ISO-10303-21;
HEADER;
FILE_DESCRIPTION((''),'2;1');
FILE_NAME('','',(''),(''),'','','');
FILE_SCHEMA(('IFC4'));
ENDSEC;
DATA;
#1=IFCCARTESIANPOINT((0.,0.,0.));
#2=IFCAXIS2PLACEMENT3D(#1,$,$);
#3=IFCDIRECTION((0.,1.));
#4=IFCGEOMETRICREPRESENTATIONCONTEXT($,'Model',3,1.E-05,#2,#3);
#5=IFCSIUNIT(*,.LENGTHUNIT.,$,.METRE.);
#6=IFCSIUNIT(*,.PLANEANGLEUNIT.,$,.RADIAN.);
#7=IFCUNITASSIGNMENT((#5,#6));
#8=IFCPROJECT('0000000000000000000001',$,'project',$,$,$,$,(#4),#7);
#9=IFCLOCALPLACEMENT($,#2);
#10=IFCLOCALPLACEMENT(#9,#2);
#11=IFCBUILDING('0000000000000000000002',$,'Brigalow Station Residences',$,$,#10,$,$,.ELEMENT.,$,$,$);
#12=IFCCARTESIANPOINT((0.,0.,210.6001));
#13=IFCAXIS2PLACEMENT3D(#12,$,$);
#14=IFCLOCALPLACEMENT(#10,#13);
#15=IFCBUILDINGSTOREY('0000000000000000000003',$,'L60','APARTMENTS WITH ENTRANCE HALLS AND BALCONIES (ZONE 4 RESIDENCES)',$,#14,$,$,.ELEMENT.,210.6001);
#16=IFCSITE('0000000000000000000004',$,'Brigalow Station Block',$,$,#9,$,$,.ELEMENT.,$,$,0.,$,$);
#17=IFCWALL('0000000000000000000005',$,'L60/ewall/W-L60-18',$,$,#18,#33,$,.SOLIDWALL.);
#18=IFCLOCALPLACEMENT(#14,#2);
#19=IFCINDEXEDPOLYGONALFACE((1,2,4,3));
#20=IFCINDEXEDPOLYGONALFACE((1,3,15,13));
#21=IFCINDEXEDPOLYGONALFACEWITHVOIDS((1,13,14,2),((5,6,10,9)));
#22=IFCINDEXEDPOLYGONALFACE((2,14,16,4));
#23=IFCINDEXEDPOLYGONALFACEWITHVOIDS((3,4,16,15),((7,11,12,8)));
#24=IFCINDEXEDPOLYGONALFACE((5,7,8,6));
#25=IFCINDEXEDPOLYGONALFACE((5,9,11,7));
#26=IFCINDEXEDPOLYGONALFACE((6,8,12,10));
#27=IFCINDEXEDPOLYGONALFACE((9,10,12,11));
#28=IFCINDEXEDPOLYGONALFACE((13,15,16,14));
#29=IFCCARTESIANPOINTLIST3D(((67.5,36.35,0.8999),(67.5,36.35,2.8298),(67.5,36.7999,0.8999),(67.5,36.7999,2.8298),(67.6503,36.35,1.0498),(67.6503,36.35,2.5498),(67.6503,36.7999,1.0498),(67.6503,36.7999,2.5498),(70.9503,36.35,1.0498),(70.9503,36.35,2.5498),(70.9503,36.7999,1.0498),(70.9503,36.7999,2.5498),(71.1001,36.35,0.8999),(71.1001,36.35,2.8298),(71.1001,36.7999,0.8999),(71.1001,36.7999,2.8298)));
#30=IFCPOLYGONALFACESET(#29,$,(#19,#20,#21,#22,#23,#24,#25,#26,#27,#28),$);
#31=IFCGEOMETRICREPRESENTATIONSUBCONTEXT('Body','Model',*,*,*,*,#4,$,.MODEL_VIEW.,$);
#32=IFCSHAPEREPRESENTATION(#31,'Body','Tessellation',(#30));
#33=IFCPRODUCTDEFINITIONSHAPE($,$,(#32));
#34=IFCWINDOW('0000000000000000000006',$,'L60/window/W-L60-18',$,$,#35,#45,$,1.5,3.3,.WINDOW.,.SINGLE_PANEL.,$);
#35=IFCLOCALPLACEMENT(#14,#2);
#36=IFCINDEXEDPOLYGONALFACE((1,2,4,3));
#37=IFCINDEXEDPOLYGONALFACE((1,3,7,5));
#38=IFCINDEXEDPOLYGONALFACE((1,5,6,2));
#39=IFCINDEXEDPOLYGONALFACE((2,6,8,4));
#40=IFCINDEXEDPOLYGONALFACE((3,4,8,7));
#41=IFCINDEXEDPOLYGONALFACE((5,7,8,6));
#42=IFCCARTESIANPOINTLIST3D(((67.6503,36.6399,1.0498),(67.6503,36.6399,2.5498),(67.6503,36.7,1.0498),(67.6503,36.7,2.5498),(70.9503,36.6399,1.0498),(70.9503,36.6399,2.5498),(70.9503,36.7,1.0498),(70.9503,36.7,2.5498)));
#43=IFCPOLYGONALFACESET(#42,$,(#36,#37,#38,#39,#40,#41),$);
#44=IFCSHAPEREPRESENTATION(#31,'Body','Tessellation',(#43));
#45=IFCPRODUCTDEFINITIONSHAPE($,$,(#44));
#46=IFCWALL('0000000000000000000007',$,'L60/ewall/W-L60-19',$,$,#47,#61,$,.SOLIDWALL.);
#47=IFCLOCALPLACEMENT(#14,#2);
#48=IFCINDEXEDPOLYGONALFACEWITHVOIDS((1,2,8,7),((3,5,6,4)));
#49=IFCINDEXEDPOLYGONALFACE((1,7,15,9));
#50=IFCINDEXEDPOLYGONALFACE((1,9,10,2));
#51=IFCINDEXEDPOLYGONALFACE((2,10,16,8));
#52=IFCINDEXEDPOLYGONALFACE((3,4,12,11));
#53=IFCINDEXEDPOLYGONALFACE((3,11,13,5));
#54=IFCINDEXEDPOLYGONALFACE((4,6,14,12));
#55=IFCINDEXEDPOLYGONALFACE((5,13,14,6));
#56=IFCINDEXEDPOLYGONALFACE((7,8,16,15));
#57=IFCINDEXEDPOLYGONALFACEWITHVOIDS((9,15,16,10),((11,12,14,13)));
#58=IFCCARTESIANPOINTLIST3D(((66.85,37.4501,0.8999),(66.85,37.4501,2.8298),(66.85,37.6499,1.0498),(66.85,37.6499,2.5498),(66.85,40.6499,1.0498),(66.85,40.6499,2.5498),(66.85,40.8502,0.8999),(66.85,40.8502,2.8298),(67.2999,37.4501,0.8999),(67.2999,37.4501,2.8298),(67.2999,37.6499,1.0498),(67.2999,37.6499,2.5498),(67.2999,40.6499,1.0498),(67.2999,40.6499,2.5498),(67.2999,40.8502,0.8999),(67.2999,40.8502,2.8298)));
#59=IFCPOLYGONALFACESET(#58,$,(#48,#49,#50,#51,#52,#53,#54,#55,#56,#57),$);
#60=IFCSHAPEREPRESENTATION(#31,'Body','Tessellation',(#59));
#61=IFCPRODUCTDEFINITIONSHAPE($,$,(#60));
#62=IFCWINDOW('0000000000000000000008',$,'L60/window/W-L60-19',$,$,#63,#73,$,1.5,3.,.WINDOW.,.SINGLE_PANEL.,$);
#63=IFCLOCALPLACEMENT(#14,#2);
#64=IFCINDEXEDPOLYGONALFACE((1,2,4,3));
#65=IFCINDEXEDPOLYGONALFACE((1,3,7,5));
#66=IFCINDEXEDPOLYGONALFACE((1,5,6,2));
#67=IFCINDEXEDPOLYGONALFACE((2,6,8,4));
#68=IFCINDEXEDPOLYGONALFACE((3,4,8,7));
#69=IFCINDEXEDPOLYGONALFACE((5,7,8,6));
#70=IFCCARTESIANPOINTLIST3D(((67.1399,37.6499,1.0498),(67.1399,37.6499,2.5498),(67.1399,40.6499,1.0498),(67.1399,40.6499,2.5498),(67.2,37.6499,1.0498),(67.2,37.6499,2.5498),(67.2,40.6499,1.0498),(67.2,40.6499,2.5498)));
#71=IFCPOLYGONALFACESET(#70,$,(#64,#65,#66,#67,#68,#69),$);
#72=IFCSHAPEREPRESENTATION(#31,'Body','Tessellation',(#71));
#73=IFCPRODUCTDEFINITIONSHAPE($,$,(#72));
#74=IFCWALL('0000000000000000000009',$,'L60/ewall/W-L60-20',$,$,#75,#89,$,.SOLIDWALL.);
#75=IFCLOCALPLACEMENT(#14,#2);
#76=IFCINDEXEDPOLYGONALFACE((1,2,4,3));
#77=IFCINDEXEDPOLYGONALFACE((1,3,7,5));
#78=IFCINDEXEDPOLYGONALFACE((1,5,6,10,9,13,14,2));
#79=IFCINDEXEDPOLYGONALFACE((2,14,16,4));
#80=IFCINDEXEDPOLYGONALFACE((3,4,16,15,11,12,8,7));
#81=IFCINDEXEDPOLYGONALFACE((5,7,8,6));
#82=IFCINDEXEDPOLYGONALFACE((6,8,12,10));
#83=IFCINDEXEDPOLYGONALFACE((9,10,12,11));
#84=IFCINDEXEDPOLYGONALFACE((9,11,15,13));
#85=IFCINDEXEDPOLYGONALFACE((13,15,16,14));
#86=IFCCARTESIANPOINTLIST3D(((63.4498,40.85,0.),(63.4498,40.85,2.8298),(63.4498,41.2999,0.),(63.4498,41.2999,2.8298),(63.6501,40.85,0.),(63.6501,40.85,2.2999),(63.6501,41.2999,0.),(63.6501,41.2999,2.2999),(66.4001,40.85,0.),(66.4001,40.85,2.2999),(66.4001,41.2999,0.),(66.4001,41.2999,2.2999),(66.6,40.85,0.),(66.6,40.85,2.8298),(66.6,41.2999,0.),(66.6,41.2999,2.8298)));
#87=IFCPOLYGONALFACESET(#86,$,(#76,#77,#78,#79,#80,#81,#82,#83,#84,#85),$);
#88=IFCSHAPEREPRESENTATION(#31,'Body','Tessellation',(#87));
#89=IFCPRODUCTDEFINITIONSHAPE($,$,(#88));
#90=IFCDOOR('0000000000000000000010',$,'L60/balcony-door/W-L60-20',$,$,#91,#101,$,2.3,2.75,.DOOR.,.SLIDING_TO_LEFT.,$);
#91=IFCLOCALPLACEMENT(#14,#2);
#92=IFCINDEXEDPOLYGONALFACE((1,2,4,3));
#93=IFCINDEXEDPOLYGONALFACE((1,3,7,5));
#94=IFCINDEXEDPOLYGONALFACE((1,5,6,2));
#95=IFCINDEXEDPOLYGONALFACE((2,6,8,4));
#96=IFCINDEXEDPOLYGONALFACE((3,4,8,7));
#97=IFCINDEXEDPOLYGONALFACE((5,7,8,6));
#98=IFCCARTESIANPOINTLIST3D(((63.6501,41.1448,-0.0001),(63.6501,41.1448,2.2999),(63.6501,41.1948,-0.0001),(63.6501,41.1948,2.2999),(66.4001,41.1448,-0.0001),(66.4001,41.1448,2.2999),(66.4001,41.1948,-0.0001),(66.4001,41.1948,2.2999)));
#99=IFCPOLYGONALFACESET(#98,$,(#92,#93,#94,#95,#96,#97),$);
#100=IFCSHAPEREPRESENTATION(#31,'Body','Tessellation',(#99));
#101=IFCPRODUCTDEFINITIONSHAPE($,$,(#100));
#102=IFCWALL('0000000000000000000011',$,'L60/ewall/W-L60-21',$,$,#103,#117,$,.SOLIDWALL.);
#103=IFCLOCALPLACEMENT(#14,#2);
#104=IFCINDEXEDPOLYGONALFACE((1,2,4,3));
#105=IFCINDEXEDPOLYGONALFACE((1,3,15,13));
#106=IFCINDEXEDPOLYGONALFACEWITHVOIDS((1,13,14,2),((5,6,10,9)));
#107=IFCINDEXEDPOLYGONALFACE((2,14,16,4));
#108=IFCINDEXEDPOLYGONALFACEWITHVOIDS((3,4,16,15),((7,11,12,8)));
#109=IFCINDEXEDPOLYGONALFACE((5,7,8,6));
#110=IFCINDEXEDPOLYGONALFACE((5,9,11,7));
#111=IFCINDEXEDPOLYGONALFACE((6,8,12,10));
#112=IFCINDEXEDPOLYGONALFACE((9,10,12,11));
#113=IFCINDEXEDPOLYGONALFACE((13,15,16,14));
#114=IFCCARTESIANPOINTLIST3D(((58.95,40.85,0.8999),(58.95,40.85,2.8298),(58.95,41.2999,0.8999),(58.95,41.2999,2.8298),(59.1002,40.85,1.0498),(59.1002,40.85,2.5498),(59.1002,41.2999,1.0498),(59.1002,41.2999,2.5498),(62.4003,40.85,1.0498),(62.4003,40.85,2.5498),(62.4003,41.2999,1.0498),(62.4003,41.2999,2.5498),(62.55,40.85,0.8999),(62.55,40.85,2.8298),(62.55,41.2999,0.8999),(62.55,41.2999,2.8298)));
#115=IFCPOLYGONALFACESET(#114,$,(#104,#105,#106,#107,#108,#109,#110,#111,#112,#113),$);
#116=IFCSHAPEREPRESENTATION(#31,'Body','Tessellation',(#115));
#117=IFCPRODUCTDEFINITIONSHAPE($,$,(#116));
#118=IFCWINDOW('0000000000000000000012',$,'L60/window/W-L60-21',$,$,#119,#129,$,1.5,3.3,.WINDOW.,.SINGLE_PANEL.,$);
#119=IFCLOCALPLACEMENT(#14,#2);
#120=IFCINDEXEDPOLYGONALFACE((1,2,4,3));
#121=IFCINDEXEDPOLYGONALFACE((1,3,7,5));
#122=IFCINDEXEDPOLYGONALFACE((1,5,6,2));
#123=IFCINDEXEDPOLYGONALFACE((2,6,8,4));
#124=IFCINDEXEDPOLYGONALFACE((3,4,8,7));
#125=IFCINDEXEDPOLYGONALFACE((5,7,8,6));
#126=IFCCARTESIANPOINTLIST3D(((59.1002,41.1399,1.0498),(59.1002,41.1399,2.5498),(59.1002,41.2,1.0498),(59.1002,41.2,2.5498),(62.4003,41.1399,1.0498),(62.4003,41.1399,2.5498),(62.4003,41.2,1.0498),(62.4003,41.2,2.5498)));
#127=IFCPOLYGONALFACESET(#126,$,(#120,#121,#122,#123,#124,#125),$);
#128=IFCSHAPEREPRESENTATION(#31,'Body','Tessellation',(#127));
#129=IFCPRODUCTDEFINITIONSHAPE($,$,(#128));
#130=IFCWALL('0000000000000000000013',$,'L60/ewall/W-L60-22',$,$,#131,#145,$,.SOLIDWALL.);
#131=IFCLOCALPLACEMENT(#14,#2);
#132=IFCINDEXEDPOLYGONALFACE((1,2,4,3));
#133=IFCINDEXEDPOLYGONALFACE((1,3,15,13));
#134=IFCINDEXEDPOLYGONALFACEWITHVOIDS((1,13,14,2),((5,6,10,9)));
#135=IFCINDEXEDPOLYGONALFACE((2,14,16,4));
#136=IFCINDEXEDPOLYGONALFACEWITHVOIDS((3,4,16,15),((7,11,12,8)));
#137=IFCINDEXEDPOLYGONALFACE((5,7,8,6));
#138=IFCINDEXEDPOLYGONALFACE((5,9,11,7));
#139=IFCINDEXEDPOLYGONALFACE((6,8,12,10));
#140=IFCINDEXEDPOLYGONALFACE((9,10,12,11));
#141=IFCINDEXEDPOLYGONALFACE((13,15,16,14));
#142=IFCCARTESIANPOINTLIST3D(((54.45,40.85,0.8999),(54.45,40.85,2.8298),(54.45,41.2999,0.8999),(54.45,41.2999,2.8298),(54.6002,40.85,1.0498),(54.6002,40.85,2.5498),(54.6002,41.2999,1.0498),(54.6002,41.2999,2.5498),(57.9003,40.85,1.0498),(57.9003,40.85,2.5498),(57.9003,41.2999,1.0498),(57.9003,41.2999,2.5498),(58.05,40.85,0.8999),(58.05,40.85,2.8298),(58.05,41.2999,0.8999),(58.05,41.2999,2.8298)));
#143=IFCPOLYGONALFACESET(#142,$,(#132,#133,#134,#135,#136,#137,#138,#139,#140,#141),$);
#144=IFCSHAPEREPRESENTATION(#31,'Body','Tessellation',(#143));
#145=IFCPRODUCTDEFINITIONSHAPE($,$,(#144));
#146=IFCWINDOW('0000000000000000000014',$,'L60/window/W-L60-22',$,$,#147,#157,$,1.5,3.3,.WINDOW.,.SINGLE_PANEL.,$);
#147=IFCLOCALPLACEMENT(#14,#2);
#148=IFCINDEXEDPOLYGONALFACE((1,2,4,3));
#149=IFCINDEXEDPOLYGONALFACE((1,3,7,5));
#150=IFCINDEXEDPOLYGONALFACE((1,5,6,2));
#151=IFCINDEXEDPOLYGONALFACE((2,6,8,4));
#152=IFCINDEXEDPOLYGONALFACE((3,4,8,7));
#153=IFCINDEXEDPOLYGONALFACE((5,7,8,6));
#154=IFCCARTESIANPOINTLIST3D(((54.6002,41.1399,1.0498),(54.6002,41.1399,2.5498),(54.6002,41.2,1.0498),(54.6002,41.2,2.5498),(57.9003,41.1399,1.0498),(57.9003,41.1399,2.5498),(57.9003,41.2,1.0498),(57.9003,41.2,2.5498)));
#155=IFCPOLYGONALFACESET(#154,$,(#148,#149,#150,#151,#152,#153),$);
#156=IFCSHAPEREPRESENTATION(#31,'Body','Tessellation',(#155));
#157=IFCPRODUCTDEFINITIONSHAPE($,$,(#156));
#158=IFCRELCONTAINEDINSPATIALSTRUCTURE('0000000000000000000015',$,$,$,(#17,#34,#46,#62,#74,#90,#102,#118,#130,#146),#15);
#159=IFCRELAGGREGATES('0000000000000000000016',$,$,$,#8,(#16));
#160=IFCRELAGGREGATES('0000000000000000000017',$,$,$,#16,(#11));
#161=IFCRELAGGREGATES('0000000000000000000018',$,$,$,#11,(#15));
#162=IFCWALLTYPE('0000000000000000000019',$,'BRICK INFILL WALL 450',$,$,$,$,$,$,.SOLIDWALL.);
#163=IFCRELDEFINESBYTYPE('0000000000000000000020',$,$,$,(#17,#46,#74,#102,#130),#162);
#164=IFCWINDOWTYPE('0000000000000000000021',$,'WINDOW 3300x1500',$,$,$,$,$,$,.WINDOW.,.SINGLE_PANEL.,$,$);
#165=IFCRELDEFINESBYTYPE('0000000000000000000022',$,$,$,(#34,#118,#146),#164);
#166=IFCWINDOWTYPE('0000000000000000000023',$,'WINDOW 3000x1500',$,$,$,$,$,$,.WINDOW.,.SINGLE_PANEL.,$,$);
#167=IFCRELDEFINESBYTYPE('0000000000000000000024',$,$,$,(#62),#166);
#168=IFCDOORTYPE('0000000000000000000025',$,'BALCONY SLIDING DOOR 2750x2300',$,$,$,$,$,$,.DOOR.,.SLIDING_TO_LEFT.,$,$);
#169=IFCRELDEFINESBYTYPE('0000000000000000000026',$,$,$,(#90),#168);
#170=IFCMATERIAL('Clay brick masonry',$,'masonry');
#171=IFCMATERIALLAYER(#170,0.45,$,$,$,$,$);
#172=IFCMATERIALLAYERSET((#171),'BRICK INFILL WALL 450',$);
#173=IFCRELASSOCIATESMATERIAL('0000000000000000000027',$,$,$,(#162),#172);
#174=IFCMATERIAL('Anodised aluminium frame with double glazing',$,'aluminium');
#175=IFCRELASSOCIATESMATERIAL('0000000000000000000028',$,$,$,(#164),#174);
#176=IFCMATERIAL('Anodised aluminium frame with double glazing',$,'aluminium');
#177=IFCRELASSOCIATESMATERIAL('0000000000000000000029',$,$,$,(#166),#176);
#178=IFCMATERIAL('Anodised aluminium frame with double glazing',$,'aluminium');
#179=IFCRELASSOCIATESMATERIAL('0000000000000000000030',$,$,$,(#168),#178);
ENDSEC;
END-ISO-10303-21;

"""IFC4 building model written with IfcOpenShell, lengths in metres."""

from ifc_helpers import new_model, si_unit, direction, frame, frame_2d, origin, place, context, subcontext, project, spatial, rectangle, extrude, material, layer, layer_set, type_object, element, fill, save


model = new_model("IFC4")

# Units and contexts
model_context = context("Model", 3, precision=1e-05, world=origin(), true_north=direction((0.0, 1.0)))
body_context = subcontext(model_context, "Body", "Model", "MODEL_VIEW")
ifc_project = project(units=[si_unit("LENGTHUNIT", "METRE"), si_unit("PLANEANGLEUNIT", "RADIAN")], contexts=[model_context])

# Site, building, storey
site_placement = place(None, origin())
site = spatial("IfcSite", under=ifc_project, at=site_placement, Name="Brigalow Station Block", CompositionType="ELEMENT", RefElevation=0.0)
building_placement = place(site_placement, origin())
building = spatial("IfcBuilding", under=site, at=building_placement, Name="Brigalow Station Residences", CompositionType="ELEMENT")
storey_placement = place(building_placement, frame((0.0, 0.0, 210.6001)))
storey = spatial("IfcBuildingStorey", under=building, at=storey_placement, Name="L60", Description="APARTMENTS WITH ENTRANCE HALLS AND BALCONIES (ZONE 4 RESIDENCES)", CompositionType="ELEMENT", Elevation=210.6001)

# Walls, openings, windows
ifc_material_1 = material(Name="Clay brick masonry", Category="masonry")
ifc_layer_1 = layer(ifc_material_1, 0.45)
ifc_layer_set_1 = layer_set([ifc_layer_1], Name="BRICK INFILL WALL 450")
wall_type_1 = type_object("IfcWallType", Name="BRICK INFILL WALL 450", PredefinedType="SOLIDWALL", material=ifc_layer_set_1)
wall_1_placement = place(storey_placement, frame((71.1001, 36.575, 0.8999), z_axis=(0.0, 0.0, 1.0), x_axis=(-1.0, 0.0, 0.0)))
wall_1 = element("IfcWall", 1, at=wall_1_placement, inside=storey, type_object=wall_type_1, Name="L60/ewall/W-L60-18", PredefinedType="SOLIDWALL", context=body_context, shape_type="SweptSolid", body=[
    extrude(rectangle(XDim=3.6001, YDim=0.45, at=frame_2d((1.8, 0.0))), origin(), (0.0, 0.0, 1.0), 1.9299),
])
opening_1_placement = place(wall_1_placement, frame((0.1499, 0.0, 0.1499)))
opening_1 = element("IfcOpeningElement", 2, at=opening_1_placement, cuts=wall_1, PredefinedType="OPENING", context=body_context, shape_type="SweptSolid", body=[
    extrude(rectangle(XDim=3.3, YDim=1.5, at=frame_2d((1.6499, 0.75))), frame((0.0, 0.2349, 0.0), z_axis=(0.0, -1.0, 0.0), x_axis=(1.0, 0.0, 0.0)), (0.0, 0.0, 1.0), 0.47),
])
ifc_material_2 = material(Name="Anodised aluminium frame with double glazing", Category="aluminium")
window_type_1 = type_object("IfcWindowType", Name="WINDOW 3300x1500", PartitioningType="SINGLE_PANEL", PredefinedType="WINDOW", material=ifc_material_2)
window_1_placement = place(opening_1_placement, origin())
window_1 = element("IfcWindow", 3, at=window_1_placement, inside=storey, type_object=window_type_1, Name="L60/window/W-L60-18", OverallHeight=1.5, OverallWidth=3.3, PartitioningType="SINGLE_PANEL", PredefinedType="WINDOW", context=body_context, shape_type="SweptSolid", body=[
    extrude(rectangle(XDim=3.3, YDim=1.5, at=frame_2d((1.6499, 0.75))), frame((0.0, -0.0649, 0.0), z_axis=(0.0, -1.0, 0.0), x_axis=(1.0, 0.0, 0.0)), (0.0, 0.0, 1.0), 0.0601),
])
fill(opening_1, window_1)
wall_2_placement = place(storey_placement, frame((67.075, 37.45, 0.8999), z_axis=(0.0, 0.0, 1.0), x_axis=(0.0, 1.0, 0.0)))
wall_2 = element("IfcWall", 4, at=wall_2_placement, inside=storey, type_object=wall_type_1, Name="L60/ewall/W-L60-19", PredefinedType="SOLIDWALL", context=body_context, shape_type="SweptSolid", body=[
    extrude(rectangle(XDim=3.4001, YDim=0.45, at=frame_2d((1.7002, 0.0))), origin(), (0.0, 0.0, 1.0), 1.9299),
])
opening_2_placement = place(wall_2_placement, frame((0.2, 0.0, 0.1499)))
opening_2 = element("IfcOpeningElement", 5, at=opening_2_placement, cuts=wall_2, PredefinedType="OPENING", context=body_context, shape_type="SweptSolid", body=[
    extrude(rectangle(XDim=3.0, YDim=1.5, at=frame_2d((1.5, 0.75))), frame((0.0, 0.2349, 0.0), z_axis=(0.0, -1.0, 0.0), x_axis=(1.0, 0.0, 0.0)), (0.0, 0.0, 1.0), 0.47),
])
ifc_material_3 = material(Name="Anodised aluminium frame with double glazing", Category="aluminium")
window_type_2 = type_object("IfcWindowType", Name="WINDOW 3000x1500", PartitioningType="SINGLE_PANEL", PredefinedType="WINDOW", material=ifc_material_3)
window_2_placement = place(opening_2_placement, origin())
window_2 = element("IfcWindow", 6, at=window_2_placement, inside=storey, type_object=window_type_2, Name="L60/window/W-L60-19", OverallHeight=1.5, OverallWidth=3.0, PartitioningType="SINGLE_PANEL", PredefinedType="WINDOW", context=body_context, shape_type="SweptSolid", body=[
    extrude(rectangle(XDim=3.0, YDim=1.5, at=frame_2d((1.5, 0.75))), frame((0.0, -0.0649, 0.0), z_axis=(0.0, -1.0, 0.0), x_axis=(1.0, 0.0, 0.0)), (0.0, 0.0, 1.0), 0.0601),
])
fill(opening_2, window_2)

# Wall, opening, door
wall_3_placement = place(storey_placement, frame((66.6001, 41.075, 0.0), z_axis=(0.0, 0.0, 1.0), x_axis=(-1.0, 0.0, 0.0)))
wall_3 = element("IfcWall", 7, at=wall_3_placement, inside=storey, type_object=wall_type_1, Name="L60/ewall/W-L60-20", PredefinedType="SOLIDWALL", context=body_context, shape_type="SweptSolid", body=[
    extrude(rectangle(XDim=3.1501, YDim=0.45, at=frame_2d((1.5752, 0.0))), origin(), (0.0, 0.0, 1.0), 2.8298),
])
opening_3_placement = place(wall_3_placement, frame((0.2, 0.0, 0.0)))
opening_3 = element("IfcOpeningElement", 8, at=opening_3_placement, cuts=wall_3, PredefinedType="OPENING", context=body_context, shape_type="SweptSolid", body=[
    extrude(rectangle(XDim=2.75, YDim=2.3, at=frame_2d((1.375, 1.1499))), frame((0.0, 0.2349, 0.0), z_axis=(0.0, -1.0, 0.0), x_axis=(1.0, 0.0, 0.0)), (0.0, 0.0, 1.0), 0.47),
])
ifc_material_4 = material(Name="Anodised aluminium frame with double glazing", Category="aluminium")
door_type_1 = type_object("IfcDoorType", Name="BALCONY SLIDING DOOR 2750x2300", OperationType="SLIDING_TO_LEFT", PredefinedType="DOOR", material=ifc_material_4)
door_1_placement = place(opening_3_placement, origin())
door_1 = element("IfcDoor", 9, at=door_1_placement, inside=storey, type_object=door_type_1, Name="L60/balcony-door/W-L60-20", OperationType="SLIDING_TO_LEFT", OverallHeight=2.3, OverallWidth=2.75, PredefinedType="DOOR", context=body_context, shape_type="SweptSolid", body=[
    extrude(rectangle(XDim=2.75, YDim=2.3, at=frame_2d((1.375, 1.1499))), frame((0.0, -0.0698, 0.0), z_axis=(0.0, -1.0, 0.0), x_axis=(1.0, 0.0, 0.0)), (0.0, 0.0, 1.0), 0.05),
])
fill(opening_3, door_1)

# Walls, openings, windows
wall_4_placement = place(storey_placement, frame((62.55, 41.075, 0.8999), z_axis=(0.0, 0.0, 1.0), x_axis=(-1.0, 0.0, 0.0)))
wall_4 = element("IfcWall", 10, at=wall_4_placement, inside=storey, type_object=wall_type_1, Name="L60/ewall/W-L60-21", PredefinedType="SOLIDWALL", context=body_context, shape_type="SweptSolid", body=[
    extrude(rectangle(XDim=3.6001, YDim=0.45, at=frame_2d((1.8, 0.0))), origin(), (0.0, 0.0, 1.0), 1.9299),
])
opening_4_placement = place(wall_4_placement, frame((0.1499, 0.0, 0.1499)))
opening_4 = element("IfcOpeningElement", 11, at=opening_4_placement, cuts=wall_4, PredefinedType="OPENING", context=body_context, shape_type="SweptSolid", body=[
    extrude(rectangle(XDim=3.3, YDim=1.5, at=frame_2d((1.6499, 0.75))), frame((0.0, 0.2349, 0.0), z_axis=(0.0, -1.0, 0.0), x_axis=(1.0, 0.0, 0.0)), (0.0, 0.0, 1.0), 0.47),
])
window_3_placement = place(opening_4_placement, origin())
window_3 = element("IfcWindow", 12, at=window_3_placement, inside=storey, type_object=window_type_1, Name="L60/window/W-L60-21", OverallHeight=1.5, OverallWidth=3.3, PartitioningType="SINGLE_PANEL", PredefinedType="WINDOW", context=body_context, shape_type="SweptSolid", body=[
    extrude(rectangle(XDim=3.3, YDim=1.5, at=frame_2d((1.6499, 0.75))), frame((0.0, -0.0649, 0.0), z_axis=(0.0, -1.0, 0.0), x_axis=(1.0, 0.0, 0.0)), (0.0, 0.0, 1.0), 0.0601),
])
fill(opening_4, window_3)
wall_5_placement = place(storey_placement, frame((58.05, 41.075, 0.8999), z_axis=(0.0, 0.0, 1.0), x_axis=(-1.0, 0.0, 0.0)))
wall_5 = element("IfcWall", 13, at=wall_5_placement, inside=storey, type_object=wall_type_1, Name="L60/ewall/W-L60-22", PredefinedType="SOLIDWALL", context=body_context, shape_type="SweptSolid", body=[
    extrude(rectangle(XDim=3.6001, YDim=0.45, at=frame_2d((1.8, 0.0))), origin(), (0.0, 0.0, 1.0), 1.9299),
])
opening_5_placement = place(wall_5_placement, frame((0.1499, 0.0, 0.1499)))
opening_5 = element("IfcOpeningElement", 14, at=opening_5_placement, cuts=wall_5, PredefinedType="OPENING", context=body_context, shape_type="SweptSolid", body=[
    extrude(rectangle(XDim=3.3, YDim=1.5, at=frame_2d((1.6499, 0.75))), frame((0.0, 0.2349, 0.0), z_axis=(0.0, -1.0, 0.0), x_axis=(1.0, 0.0, 0.0)), (0.0, 0.0, 1.0), 0.47),
])
window_4_placement = place(opening_5_placement, origin())
window_4 = element("IfcWindow", 15, at=window_4_placement, inside=storey, type_object=window_type_1, Name="L60/window/W-L60-22", OverallHeight=1.5, OverallWidth=3.3, PartitioningType="SINGLE_PANEL", PredefinedType="WINDOW", context=body_context, shape_type="SweptSolid", body=[
    extrude(rectangle(XDim=3.3, YDim=1.5, at=frame_2d((1.6499, 0.75))), frame((0.0, -0.0649, 0.0), z_axis=(0.0, -1.0, 0.0), x_axis=(1.0, 0.0, 0.0)), (0.0, 0.0, 1.0), 0.0601),
])
fill(opening_5, window_4)

save(model, "model.ifc")
